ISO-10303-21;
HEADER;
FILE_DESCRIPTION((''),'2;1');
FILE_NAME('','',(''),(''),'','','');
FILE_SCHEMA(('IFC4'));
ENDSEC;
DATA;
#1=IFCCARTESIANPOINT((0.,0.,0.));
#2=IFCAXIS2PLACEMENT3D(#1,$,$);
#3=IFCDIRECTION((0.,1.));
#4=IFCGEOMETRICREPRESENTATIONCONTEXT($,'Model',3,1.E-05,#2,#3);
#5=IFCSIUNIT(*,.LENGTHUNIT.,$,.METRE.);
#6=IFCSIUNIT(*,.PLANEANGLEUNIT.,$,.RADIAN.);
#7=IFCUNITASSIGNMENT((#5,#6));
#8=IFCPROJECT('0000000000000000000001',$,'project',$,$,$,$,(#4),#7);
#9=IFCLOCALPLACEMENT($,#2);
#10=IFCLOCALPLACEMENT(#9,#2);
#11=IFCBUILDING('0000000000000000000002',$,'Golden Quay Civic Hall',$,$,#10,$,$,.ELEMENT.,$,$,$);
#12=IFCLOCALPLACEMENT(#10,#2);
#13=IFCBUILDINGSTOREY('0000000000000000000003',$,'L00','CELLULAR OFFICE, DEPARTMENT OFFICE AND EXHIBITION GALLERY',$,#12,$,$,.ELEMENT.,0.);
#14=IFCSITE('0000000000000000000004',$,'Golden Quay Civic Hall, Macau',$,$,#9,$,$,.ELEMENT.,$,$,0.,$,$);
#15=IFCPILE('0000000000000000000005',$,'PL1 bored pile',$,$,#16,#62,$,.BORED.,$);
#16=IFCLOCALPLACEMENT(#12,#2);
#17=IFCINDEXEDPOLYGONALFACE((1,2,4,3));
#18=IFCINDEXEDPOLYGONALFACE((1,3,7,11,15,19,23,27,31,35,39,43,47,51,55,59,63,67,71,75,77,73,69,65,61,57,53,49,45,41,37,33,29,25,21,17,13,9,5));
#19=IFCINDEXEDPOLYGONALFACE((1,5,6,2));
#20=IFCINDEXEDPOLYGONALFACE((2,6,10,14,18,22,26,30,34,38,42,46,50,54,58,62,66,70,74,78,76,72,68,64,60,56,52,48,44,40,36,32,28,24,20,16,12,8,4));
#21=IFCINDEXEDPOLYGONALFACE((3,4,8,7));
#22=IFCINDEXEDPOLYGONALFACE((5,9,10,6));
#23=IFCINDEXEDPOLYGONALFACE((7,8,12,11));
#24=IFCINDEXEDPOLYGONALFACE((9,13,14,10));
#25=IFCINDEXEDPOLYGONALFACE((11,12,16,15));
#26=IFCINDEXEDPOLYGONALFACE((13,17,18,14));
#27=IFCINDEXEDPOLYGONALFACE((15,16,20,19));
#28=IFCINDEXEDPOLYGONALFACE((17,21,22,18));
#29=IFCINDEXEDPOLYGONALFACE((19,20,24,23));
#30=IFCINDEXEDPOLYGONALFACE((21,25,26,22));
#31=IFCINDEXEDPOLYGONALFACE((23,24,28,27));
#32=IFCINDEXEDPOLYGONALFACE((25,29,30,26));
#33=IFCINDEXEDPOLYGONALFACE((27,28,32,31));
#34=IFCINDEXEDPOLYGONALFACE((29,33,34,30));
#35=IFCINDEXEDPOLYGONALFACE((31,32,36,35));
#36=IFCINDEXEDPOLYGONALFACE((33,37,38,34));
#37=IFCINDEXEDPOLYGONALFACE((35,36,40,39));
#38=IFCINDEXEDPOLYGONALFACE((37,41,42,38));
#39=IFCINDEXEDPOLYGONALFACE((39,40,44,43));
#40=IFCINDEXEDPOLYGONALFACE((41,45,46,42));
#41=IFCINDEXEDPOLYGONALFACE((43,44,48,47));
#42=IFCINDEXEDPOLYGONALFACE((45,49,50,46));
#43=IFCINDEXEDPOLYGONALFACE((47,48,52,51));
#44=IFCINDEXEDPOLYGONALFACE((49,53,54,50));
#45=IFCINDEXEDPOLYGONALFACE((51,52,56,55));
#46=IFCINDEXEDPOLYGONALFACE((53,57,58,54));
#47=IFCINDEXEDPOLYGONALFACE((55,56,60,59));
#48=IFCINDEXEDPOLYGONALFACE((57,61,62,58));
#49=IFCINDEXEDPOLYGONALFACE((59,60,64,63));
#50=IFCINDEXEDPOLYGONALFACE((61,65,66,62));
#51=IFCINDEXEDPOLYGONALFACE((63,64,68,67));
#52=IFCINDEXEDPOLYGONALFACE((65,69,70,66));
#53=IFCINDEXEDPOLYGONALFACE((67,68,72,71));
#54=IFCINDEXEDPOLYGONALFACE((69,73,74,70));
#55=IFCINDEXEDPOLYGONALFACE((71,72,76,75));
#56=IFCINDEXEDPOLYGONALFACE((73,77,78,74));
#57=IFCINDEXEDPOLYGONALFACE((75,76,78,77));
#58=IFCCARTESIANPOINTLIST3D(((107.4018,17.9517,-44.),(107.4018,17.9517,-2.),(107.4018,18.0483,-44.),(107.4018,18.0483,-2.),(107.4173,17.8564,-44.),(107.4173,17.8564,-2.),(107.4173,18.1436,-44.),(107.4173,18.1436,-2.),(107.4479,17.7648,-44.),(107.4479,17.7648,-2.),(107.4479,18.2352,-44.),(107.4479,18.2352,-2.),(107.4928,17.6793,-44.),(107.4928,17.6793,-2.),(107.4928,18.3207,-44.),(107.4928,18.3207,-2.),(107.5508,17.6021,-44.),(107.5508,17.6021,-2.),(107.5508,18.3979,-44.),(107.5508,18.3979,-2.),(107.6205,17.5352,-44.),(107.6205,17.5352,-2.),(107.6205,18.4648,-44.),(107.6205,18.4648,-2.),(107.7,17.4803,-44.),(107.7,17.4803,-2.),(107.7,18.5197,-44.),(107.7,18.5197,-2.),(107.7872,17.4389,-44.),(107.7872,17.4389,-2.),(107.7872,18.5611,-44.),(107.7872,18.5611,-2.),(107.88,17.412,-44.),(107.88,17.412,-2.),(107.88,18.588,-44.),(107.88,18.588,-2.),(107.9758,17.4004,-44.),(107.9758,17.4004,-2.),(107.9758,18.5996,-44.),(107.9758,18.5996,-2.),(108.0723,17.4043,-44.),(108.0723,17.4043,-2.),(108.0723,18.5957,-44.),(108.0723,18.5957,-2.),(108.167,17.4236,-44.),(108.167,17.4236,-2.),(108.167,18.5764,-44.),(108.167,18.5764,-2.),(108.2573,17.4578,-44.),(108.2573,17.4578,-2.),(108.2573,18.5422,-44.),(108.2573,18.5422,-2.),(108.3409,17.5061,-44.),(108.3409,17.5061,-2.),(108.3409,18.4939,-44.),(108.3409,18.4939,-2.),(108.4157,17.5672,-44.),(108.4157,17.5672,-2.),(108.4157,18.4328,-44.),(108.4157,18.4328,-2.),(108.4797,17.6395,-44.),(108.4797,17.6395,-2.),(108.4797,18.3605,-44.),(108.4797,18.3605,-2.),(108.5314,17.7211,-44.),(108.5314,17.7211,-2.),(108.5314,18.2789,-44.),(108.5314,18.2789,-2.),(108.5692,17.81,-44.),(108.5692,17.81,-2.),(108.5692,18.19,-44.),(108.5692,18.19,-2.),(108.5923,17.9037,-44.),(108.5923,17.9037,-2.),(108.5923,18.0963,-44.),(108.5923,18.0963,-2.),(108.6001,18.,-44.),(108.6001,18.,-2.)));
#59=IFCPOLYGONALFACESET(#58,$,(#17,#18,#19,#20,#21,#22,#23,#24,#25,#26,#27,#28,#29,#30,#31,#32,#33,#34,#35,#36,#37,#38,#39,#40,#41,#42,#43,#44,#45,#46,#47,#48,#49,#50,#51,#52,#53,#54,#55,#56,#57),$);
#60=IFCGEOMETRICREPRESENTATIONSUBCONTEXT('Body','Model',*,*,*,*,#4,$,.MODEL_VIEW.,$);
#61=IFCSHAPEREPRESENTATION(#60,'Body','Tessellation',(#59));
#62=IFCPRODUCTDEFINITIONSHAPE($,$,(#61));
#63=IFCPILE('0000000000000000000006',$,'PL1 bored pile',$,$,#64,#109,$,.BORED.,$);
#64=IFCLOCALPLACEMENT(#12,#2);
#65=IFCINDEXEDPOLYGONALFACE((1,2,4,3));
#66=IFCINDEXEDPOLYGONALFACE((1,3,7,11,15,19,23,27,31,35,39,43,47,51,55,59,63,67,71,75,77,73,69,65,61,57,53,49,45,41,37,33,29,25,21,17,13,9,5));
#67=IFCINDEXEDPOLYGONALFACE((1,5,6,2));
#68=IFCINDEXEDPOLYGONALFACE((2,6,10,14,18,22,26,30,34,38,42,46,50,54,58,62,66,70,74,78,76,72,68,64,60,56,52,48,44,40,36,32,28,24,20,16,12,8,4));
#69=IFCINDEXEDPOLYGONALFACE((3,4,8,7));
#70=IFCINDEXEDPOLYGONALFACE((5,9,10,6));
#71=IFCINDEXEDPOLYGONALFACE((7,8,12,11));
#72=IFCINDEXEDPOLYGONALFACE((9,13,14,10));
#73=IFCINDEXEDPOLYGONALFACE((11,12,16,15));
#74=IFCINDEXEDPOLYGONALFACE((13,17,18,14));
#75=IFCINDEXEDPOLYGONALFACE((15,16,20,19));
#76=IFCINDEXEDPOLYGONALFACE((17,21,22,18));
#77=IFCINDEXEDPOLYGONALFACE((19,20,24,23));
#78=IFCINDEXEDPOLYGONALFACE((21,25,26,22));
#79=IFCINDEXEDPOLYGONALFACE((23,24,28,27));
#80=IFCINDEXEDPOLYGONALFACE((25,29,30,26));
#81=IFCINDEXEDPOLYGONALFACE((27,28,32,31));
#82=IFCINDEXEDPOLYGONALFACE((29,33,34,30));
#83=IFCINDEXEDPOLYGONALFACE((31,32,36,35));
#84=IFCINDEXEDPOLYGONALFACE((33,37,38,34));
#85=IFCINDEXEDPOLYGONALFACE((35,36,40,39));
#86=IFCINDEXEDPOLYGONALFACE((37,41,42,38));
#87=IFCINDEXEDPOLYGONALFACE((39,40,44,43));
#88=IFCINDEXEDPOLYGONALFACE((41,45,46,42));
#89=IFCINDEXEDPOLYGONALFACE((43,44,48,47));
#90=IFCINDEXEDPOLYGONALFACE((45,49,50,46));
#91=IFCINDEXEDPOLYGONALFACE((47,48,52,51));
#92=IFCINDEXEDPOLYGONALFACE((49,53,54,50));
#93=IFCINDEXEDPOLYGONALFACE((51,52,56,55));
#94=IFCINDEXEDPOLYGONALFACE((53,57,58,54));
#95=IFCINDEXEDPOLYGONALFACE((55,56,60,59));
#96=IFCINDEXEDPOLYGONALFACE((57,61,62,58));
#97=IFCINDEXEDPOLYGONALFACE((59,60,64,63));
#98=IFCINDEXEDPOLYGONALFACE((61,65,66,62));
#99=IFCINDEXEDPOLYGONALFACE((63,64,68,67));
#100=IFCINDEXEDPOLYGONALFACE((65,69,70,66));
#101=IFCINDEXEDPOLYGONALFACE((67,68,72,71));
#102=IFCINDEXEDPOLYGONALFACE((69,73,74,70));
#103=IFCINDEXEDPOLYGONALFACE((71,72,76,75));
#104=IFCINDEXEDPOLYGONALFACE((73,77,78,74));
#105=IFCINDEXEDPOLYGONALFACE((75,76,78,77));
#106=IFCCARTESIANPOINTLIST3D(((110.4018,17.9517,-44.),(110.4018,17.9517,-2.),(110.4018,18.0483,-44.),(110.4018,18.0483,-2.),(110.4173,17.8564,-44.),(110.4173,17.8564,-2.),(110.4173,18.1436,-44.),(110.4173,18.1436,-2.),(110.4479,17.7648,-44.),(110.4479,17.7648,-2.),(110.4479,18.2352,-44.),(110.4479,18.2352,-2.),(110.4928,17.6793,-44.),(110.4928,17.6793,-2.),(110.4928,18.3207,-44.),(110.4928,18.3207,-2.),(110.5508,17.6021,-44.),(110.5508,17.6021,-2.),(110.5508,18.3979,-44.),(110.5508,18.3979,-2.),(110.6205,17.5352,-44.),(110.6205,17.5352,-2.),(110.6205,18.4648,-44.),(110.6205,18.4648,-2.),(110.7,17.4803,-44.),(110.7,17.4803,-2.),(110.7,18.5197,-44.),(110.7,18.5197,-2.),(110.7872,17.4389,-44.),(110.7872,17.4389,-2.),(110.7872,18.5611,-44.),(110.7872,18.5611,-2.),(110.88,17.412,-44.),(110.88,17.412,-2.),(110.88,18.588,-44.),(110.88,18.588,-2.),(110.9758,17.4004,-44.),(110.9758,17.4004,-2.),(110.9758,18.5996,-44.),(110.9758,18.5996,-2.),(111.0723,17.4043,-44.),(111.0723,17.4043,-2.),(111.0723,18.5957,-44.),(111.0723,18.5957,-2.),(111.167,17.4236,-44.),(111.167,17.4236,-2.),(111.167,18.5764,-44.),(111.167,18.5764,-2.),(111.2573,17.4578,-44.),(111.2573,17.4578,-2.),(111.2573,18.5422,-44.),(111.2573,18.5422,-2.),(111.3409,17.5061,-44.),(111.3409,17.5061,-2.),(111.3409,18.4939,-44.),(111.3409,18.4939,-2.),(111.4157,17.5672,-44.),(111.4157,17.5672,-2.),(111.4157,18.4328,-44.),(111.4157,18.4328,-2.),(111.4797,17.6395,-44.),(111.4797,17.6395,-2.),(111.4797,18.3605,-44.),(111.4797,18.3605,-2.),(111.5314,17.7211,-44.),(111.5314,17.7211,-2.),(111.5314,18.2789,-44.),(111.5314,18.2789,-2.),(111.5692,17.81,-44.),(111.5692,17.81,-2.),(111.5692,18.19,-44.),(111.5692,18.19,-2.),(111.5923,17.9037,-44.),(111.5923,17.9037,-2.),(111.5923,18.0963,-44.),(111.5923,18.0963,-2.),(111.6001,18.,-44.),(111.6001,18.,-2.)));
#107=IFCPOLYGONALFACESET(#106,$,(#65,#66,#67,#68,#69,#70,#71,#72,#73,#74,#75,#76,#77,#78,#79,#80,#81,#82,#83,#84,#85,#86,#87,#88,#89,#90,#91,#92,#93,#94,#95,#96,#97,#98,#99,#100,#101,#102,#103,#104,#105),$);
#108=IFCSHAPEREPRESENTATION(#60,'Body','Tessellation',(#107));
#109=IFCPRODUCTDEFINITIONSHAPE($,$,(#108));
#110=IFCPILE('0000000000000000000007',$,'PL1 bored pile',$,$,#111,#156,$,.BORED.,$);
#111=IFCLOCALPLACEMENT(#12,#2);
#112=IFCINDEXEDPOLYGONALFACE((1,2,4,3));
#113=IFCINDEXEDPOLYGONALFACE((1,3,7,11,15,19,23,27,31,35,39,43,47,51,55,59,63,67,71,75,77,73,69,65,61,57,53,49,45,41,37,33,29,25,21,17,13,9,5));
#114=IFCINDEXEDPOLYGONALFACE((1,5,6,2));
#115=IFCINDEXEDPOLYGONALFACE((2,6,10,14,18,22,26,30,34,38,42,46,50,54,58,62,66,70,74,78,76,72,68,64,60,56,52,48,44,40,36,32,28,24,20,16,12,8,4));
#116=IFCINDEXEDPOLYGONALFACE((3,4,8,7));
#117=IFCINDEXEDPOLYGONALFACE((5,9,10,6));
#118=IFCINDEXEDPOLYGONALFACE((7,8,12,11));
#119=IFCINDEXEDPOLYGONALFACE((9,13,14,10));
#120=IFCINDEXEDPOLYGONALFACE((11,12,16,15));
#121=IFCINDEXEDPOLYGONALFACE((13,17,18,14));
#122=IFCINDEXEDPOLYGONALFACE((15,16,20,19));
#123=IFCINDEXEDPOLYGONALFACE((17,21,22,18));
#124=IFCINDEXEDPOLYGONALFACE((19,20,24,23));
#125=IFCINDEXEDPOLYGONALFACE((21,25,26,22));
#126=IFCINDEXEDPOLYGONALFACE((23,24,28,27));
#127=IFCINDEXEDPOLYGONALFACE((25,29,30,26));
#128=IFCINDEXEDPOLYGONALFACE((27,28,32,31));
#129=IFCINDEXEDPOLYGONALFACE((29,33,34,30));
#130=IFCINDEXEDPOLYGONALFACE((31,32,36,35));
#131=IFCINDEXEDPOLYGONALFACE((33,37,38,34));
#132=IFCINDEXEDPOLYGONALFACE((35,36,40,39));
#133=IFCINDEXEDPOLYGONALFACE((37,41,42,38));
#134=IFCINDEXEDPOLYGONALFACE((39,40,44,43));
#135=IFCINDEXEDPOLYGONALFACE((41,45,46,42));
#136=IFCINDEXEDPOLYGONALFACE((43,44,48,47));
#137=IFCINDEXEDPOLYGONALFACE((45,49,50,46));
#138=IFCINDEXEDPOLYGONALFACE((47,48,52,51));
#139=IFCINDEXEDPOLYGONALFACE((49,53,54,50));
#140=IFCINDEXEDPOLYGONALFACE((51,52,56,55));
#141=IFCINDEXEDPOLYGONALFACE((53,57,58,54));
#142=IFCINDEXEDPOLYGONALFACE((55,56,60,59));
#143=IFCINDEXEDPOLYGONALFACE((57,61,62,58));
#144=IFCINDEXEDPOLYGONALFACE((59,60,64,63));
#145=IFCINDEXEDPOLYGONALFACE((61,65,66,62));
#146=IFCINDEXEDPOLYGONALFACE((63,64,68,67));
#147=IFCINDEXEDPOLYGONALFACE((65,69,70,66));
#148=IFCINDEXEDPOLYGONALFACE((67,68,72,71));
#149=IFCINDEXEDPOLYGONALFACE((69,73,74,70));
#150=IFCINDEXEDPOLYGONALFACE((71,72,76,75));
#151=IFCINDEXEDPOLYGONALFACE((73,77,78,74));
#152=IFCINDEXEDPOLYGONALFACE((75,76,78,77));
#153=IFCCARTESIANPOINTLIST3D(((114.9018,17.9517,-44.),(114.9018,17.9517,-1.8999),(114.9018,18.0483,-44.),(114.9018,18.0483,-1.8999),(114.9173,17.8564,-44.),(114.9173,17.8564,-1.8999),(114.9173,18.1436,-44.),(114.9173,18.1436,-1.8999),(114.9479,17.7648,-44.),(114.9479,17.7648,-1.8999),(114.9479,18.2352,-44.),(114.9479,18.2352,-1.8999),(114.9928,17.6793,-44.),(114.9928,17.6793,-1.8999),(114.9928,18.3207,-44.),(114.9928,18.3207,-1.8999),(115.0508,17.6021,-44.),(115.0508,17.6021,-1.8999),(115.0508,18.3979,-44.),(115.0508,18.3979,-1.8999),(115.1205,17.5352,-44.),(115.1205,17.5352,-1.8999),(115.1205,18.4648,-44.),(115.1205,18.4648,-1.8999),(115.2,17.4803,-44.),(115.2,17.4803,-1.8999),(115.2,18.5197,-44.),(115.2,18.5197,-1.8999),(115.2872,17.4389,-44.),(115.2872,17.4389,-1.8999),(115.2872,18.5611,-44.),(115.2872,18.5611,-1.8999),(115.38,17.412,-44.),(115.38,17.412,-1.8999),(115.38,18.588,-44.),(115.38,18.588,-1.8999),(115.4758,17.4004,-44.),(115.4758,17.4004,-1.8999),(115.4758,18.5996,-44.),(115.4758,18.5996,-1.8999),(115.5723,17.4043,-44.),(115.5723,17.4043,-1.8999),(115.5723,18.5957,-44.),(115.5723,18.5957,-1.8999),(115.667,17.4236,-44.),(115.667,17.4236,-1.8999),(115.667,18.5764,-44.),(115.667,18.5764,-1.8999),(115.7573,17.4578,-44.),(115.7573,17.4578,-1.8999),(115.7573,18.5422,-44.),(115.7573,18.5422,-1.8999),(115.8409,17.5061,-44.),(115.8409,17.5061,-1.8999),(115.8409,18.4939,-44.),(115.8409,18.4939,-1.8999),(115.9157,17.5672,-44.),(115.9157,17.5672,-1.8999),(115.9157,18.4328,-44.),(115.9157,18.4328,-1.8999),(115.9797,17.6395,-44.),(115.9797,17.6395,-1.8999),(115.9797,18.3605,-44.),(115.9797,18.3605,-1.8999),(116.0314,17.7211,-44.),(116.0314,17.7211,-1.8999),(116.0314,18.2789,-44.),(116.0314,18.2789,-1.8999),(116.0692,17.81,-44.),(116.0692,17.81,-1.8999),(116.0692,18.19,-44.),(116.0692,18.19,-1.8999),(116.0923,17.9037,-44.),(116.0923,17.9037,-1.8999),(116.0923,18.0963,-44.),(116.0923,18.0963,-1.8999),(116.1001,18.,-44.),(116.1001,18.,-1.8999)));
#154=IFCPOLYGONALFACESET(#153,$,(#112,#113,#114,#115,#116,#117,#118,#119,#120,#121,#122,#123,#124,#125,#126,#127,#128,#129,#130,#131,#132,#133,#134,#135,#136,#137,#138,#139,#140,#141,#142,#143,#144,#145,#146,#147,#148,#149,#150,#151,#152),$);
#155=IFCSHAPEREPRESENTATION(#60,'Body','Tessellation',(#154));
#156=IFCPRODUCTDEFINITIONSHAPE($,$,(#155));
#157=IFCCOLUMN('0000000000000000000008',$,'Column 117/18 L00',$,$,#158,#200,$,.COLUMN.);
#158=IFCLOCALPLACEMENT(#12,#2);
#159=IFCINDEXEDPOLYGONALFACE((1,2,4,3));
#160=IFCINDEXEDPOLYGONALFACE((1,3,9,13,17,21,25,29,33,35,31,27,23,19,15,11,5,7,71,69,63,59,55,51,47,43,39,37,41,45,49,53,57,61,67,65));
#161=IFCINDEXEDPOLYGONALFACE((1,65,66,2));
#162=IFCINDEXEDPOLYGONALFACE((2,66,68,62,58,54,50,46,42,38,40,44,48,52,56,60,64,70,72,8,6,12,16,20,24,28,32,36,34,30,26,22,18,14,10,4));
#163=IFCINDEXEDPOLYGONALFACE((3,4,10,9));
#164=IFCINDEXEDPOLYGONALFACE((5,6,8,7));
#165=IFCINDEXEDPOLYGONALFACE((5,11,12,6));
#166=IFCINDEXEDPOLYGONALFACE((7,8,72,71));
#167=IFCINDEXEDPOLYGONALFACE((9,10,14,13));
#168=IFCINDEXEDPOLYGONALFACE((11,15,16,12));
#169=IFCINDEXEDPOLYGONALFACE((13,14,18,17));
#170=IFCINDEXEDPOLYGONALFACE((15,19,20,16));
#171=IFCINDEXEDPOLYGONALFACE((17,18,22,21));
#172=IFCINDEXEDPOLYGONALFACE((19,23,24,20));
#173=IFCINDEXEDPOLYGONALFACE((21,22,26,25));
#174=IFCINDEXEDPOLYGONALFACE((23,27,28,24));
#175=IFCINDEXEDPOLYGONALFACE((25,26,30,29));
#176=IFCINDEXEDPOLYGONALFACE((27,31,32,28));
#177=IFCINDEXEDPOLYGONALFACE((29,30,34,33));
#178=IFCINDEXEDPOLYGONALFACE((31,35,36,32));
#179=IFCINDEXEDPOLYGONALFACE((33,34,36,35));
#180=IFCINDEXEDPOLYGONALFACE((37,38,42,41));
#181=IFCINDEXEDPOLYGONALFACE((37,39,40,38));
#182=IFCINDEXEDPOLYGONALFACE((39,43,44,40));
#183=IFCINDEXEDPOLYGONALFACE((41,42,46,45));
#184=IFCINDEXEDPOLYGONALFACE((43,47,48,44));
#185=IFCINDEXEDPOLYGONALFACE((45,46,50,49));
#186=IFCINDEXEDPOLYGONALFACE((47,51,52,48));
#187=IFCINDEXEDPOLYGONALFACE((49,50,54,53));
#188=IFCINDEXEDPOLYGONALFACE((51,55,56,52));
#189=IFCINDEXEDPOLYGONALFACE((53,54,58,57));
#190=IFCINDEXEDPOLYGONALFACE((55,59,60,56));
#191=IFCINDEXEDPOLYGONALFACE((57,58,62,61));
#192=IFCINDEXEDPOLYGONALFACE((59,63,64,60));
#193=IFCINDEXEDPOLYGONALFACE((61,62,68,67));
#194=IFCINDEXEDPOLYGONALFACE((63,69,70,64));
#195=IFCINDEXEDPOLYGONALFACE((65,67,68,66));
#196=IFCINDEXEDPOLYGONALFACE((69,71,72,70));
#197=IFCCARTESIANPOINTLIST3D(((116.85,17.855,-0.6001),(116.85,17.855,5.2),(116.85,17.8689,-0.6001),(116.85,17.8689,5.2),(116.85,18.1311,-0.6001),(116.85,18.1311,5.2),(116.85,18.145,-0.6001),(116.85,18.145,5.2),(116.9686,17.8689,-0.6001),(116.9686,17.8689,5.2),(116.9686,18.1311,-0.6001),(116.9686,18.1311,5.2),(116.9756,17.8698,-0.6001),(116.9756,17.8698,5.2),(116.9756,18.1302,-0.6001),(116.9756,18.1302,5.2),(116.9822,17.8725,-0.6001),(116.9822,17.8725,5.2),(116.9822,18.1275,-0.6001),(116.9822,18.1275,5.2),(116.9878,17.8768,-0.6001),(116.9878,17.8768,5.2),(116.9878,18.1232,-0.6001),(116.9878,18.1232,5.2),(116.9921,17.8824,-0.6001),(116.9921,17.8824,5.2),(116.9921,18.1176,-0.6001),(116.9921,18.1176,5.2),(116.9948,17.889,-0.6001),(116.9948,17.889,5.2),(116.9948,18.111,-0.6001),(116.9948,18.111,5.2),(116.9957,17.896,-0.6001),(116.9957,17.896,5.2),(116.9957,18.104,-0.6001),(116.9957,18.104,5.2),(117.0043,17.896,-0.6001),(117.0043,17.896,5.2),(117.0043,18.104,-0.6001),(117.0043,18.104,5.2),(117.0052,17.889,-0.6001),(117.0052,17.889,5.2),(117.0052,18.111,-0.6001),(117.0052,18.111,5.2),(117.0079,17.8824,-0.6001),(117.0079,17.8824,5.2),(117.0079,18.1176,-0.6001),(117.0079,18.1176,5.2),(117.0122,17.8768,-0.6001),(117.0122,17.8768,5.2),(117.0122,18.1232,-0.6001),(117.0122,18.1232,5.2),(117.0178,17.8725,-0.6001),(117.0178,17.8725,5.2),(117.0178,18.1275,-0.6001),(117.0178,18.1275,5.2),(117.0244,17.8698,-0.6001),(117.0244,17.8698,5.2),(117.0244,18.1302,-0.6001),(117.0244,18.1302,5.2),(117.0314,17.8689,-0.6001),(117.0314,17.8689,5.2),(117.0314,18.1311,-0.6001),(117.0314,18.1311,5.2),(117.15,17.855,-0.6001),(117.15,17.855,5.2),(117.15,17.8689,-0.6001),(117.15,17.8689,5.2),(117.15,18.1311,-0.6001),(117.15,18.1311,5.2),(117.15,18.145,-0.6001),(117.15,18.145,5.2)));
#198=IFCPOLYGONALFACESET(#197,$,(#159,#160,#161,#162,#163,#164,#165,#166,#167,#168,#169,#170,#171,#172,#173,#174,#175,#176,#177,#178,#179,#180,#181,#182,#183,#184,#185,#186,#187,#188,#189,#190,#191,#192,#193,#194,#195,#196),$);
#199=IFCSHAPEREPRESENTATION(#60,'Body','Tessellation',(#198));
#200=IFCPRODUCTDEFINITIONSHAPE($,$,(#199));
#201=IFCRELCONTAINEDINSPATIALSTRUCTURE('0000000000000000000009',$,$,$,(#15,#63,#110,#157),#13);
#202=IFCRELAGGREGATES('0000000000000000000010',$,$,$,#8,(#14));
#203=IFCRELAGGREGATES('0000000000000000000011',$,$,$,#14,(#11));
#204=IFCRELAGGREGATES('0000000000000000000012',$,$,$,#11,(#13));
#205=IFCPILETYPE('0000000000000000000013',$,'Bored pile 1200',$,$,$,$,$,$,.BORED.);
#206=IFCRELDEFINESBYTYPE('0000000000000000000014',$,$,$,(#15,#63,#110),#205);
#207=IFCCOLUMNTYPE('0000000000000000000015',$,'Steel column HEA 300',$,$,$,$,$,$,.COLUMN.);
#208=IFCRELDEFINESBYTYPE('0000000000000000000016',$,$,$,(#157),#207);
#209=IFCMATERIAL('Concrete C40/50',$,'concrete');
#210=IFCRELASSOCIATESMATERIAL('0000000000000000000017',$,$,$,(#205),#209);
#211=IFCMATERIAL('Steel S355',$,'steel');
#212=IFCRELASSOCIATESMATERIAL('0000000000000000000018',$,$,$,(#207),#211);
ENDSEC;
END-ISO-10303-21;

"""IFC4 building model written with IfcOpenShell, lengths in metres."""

from ifc_helpers import new_model, si_unit, direction, frame, origin, origin_2d, place, context, subcontext, project, spatial, circle, i_section, extrude, material, material_profile, profile_set, type_object, element, save


model = new_model("IFC4")

# Units and contexts
model_context = context("Model", 3, precision=1e-05, world=origin(), true_north=direction((0.0, 1.0)))
body_context = subcontext(model_context, "Body", "Model", "MODEL_VIEW")
ifc_project = project(units=[si_unit("LENGTHUNIT", "METRE"), si_unit("PLANEANGLEUNIT", "RADIAN")], contexts=[model_context])

# Site, building, storey
site_placement = place(None, origin())
site = spatial("IfcSite", under=ifc_project, at=site_placement, Name="Golden Quay Civic Hall, Macau", CompositionType="ELEMENT", RefElevation=0.0)
building_placement = place(site_placement, origin())
building = spatial("IfcBuilding", under=site, at=building_placement, Name="Golden Quay Civic Hall", CompositionType="ELEMENT")
storey_placement = place(building_placement, origin())
storey = spatial("IfcBuildingStorey", under=building, at=storey_placement, Name="L00", Description="CELLULAR OFFICE, DEPARTMENT OFFICE AND EXHIBITION GALLERY", CompositionType="ELEMENT", Elevation=0.0)

# Piles
ifc_material_1 = material(Name="Concrete C40/50", Category="concrete")
ifc_material_profile_1 = material_profile(ifc_material_1, circle(Radius=0.6001, at=origin_2d()), Name="RC D1200")
ifc_profile_set_1 = profile_set([ifc_material_profile_1], Name="Concrete C40/50")
pile_type = type_object("IfcPileType", Name="Bored pile 1200", PredefinedType="BORED", material=ifc_profile_set_1)
for number, where, z_axis, x_axis, name in (
    (1, (108.0, 18.0, -2.0), (0.0, 0.0, -1.0), (1.0, 0.0, 0.0), "PL1 bored pile"),
    (2, (111.0, 18.0, -2.0), (0.0, 0.0, -1.0), (1.0, 0.0, 0.0), "PL1 bored pile"),
):
    element("IfcPile", number, at=place(storey_placement, frame(where, z_axis=z_axis, x_axis=x_axis)), inside=storey, type_object=pile_type, Name=name, PredefinedType="BORED", context=body_context, shape_type="SweptSolid", body=[
        extrude(circle(Radius=0.6001, at=origin_2d()), origin(), (0.0, 0.0, 1.0), 42.0),
    ])
pile_placement = place(storey_placement, frame((115.5, 18.0, -1.8999), z_axis=(0.0, 0.0, -1.0), x_axis=(1.0, 0.0, 0.0)))
element("IfcPile", 3, at=pile_placement, inside=storey, type_object=pile_type, Name="PL1 bored pile", PredefinedType="BORED", context=body_context, shape_type="SweptSolid", body=[
    extrude(circle(Radius=0.6001, at=origin_2d()), origin(), (0.0, 0.0, 1.0), 42.1001),
])

# Column
ifc_material_2 = material(Name="Steel S355", Category="steel")
ifc_material_profile_2 = material_profile(ifc_material_2, i_section(OverallWidth=0.3, OverallDepth=0.29, WebThickness=0.0085, FlangeThickness=0.0139, FilletRadius=0.0271, at=origin_2d()), Name="HEA 300")
ifc_profile_set_2 = profile_set([ifc_material_profile_2], Name="Steel S355")
column_type_1 = type_object("IfcColumnType", Name="Steel column HEA 300", PredefinedType="COLUMN", material=ifc_profile_set_2)
column_1_placement = place(storey_placement, frame((117.0, 18.0, -0.6001), z_axis=(0.0, 0.0, 1.0), x_axis=(1.0, 0.0, 0.0)))
element("IfcColumn", 4, at=column_1_placement, inside=storey, type_object=column_type_1, Name="Column 117/18 L00", PredefinedType="COLUMN", context=body_context, shape_type="SweptSolid", body=[
    extrude(i_section(OverallWidth=0.3, OverallDepth=0.29, WebThickness=0.0085, FlangeThickness=0.0139, FilletRadius=0.0271, at=origin_2d()), origin(), (0.0, 0.0, 1.0), 5.8),
])

save(model, "model.ifc")
